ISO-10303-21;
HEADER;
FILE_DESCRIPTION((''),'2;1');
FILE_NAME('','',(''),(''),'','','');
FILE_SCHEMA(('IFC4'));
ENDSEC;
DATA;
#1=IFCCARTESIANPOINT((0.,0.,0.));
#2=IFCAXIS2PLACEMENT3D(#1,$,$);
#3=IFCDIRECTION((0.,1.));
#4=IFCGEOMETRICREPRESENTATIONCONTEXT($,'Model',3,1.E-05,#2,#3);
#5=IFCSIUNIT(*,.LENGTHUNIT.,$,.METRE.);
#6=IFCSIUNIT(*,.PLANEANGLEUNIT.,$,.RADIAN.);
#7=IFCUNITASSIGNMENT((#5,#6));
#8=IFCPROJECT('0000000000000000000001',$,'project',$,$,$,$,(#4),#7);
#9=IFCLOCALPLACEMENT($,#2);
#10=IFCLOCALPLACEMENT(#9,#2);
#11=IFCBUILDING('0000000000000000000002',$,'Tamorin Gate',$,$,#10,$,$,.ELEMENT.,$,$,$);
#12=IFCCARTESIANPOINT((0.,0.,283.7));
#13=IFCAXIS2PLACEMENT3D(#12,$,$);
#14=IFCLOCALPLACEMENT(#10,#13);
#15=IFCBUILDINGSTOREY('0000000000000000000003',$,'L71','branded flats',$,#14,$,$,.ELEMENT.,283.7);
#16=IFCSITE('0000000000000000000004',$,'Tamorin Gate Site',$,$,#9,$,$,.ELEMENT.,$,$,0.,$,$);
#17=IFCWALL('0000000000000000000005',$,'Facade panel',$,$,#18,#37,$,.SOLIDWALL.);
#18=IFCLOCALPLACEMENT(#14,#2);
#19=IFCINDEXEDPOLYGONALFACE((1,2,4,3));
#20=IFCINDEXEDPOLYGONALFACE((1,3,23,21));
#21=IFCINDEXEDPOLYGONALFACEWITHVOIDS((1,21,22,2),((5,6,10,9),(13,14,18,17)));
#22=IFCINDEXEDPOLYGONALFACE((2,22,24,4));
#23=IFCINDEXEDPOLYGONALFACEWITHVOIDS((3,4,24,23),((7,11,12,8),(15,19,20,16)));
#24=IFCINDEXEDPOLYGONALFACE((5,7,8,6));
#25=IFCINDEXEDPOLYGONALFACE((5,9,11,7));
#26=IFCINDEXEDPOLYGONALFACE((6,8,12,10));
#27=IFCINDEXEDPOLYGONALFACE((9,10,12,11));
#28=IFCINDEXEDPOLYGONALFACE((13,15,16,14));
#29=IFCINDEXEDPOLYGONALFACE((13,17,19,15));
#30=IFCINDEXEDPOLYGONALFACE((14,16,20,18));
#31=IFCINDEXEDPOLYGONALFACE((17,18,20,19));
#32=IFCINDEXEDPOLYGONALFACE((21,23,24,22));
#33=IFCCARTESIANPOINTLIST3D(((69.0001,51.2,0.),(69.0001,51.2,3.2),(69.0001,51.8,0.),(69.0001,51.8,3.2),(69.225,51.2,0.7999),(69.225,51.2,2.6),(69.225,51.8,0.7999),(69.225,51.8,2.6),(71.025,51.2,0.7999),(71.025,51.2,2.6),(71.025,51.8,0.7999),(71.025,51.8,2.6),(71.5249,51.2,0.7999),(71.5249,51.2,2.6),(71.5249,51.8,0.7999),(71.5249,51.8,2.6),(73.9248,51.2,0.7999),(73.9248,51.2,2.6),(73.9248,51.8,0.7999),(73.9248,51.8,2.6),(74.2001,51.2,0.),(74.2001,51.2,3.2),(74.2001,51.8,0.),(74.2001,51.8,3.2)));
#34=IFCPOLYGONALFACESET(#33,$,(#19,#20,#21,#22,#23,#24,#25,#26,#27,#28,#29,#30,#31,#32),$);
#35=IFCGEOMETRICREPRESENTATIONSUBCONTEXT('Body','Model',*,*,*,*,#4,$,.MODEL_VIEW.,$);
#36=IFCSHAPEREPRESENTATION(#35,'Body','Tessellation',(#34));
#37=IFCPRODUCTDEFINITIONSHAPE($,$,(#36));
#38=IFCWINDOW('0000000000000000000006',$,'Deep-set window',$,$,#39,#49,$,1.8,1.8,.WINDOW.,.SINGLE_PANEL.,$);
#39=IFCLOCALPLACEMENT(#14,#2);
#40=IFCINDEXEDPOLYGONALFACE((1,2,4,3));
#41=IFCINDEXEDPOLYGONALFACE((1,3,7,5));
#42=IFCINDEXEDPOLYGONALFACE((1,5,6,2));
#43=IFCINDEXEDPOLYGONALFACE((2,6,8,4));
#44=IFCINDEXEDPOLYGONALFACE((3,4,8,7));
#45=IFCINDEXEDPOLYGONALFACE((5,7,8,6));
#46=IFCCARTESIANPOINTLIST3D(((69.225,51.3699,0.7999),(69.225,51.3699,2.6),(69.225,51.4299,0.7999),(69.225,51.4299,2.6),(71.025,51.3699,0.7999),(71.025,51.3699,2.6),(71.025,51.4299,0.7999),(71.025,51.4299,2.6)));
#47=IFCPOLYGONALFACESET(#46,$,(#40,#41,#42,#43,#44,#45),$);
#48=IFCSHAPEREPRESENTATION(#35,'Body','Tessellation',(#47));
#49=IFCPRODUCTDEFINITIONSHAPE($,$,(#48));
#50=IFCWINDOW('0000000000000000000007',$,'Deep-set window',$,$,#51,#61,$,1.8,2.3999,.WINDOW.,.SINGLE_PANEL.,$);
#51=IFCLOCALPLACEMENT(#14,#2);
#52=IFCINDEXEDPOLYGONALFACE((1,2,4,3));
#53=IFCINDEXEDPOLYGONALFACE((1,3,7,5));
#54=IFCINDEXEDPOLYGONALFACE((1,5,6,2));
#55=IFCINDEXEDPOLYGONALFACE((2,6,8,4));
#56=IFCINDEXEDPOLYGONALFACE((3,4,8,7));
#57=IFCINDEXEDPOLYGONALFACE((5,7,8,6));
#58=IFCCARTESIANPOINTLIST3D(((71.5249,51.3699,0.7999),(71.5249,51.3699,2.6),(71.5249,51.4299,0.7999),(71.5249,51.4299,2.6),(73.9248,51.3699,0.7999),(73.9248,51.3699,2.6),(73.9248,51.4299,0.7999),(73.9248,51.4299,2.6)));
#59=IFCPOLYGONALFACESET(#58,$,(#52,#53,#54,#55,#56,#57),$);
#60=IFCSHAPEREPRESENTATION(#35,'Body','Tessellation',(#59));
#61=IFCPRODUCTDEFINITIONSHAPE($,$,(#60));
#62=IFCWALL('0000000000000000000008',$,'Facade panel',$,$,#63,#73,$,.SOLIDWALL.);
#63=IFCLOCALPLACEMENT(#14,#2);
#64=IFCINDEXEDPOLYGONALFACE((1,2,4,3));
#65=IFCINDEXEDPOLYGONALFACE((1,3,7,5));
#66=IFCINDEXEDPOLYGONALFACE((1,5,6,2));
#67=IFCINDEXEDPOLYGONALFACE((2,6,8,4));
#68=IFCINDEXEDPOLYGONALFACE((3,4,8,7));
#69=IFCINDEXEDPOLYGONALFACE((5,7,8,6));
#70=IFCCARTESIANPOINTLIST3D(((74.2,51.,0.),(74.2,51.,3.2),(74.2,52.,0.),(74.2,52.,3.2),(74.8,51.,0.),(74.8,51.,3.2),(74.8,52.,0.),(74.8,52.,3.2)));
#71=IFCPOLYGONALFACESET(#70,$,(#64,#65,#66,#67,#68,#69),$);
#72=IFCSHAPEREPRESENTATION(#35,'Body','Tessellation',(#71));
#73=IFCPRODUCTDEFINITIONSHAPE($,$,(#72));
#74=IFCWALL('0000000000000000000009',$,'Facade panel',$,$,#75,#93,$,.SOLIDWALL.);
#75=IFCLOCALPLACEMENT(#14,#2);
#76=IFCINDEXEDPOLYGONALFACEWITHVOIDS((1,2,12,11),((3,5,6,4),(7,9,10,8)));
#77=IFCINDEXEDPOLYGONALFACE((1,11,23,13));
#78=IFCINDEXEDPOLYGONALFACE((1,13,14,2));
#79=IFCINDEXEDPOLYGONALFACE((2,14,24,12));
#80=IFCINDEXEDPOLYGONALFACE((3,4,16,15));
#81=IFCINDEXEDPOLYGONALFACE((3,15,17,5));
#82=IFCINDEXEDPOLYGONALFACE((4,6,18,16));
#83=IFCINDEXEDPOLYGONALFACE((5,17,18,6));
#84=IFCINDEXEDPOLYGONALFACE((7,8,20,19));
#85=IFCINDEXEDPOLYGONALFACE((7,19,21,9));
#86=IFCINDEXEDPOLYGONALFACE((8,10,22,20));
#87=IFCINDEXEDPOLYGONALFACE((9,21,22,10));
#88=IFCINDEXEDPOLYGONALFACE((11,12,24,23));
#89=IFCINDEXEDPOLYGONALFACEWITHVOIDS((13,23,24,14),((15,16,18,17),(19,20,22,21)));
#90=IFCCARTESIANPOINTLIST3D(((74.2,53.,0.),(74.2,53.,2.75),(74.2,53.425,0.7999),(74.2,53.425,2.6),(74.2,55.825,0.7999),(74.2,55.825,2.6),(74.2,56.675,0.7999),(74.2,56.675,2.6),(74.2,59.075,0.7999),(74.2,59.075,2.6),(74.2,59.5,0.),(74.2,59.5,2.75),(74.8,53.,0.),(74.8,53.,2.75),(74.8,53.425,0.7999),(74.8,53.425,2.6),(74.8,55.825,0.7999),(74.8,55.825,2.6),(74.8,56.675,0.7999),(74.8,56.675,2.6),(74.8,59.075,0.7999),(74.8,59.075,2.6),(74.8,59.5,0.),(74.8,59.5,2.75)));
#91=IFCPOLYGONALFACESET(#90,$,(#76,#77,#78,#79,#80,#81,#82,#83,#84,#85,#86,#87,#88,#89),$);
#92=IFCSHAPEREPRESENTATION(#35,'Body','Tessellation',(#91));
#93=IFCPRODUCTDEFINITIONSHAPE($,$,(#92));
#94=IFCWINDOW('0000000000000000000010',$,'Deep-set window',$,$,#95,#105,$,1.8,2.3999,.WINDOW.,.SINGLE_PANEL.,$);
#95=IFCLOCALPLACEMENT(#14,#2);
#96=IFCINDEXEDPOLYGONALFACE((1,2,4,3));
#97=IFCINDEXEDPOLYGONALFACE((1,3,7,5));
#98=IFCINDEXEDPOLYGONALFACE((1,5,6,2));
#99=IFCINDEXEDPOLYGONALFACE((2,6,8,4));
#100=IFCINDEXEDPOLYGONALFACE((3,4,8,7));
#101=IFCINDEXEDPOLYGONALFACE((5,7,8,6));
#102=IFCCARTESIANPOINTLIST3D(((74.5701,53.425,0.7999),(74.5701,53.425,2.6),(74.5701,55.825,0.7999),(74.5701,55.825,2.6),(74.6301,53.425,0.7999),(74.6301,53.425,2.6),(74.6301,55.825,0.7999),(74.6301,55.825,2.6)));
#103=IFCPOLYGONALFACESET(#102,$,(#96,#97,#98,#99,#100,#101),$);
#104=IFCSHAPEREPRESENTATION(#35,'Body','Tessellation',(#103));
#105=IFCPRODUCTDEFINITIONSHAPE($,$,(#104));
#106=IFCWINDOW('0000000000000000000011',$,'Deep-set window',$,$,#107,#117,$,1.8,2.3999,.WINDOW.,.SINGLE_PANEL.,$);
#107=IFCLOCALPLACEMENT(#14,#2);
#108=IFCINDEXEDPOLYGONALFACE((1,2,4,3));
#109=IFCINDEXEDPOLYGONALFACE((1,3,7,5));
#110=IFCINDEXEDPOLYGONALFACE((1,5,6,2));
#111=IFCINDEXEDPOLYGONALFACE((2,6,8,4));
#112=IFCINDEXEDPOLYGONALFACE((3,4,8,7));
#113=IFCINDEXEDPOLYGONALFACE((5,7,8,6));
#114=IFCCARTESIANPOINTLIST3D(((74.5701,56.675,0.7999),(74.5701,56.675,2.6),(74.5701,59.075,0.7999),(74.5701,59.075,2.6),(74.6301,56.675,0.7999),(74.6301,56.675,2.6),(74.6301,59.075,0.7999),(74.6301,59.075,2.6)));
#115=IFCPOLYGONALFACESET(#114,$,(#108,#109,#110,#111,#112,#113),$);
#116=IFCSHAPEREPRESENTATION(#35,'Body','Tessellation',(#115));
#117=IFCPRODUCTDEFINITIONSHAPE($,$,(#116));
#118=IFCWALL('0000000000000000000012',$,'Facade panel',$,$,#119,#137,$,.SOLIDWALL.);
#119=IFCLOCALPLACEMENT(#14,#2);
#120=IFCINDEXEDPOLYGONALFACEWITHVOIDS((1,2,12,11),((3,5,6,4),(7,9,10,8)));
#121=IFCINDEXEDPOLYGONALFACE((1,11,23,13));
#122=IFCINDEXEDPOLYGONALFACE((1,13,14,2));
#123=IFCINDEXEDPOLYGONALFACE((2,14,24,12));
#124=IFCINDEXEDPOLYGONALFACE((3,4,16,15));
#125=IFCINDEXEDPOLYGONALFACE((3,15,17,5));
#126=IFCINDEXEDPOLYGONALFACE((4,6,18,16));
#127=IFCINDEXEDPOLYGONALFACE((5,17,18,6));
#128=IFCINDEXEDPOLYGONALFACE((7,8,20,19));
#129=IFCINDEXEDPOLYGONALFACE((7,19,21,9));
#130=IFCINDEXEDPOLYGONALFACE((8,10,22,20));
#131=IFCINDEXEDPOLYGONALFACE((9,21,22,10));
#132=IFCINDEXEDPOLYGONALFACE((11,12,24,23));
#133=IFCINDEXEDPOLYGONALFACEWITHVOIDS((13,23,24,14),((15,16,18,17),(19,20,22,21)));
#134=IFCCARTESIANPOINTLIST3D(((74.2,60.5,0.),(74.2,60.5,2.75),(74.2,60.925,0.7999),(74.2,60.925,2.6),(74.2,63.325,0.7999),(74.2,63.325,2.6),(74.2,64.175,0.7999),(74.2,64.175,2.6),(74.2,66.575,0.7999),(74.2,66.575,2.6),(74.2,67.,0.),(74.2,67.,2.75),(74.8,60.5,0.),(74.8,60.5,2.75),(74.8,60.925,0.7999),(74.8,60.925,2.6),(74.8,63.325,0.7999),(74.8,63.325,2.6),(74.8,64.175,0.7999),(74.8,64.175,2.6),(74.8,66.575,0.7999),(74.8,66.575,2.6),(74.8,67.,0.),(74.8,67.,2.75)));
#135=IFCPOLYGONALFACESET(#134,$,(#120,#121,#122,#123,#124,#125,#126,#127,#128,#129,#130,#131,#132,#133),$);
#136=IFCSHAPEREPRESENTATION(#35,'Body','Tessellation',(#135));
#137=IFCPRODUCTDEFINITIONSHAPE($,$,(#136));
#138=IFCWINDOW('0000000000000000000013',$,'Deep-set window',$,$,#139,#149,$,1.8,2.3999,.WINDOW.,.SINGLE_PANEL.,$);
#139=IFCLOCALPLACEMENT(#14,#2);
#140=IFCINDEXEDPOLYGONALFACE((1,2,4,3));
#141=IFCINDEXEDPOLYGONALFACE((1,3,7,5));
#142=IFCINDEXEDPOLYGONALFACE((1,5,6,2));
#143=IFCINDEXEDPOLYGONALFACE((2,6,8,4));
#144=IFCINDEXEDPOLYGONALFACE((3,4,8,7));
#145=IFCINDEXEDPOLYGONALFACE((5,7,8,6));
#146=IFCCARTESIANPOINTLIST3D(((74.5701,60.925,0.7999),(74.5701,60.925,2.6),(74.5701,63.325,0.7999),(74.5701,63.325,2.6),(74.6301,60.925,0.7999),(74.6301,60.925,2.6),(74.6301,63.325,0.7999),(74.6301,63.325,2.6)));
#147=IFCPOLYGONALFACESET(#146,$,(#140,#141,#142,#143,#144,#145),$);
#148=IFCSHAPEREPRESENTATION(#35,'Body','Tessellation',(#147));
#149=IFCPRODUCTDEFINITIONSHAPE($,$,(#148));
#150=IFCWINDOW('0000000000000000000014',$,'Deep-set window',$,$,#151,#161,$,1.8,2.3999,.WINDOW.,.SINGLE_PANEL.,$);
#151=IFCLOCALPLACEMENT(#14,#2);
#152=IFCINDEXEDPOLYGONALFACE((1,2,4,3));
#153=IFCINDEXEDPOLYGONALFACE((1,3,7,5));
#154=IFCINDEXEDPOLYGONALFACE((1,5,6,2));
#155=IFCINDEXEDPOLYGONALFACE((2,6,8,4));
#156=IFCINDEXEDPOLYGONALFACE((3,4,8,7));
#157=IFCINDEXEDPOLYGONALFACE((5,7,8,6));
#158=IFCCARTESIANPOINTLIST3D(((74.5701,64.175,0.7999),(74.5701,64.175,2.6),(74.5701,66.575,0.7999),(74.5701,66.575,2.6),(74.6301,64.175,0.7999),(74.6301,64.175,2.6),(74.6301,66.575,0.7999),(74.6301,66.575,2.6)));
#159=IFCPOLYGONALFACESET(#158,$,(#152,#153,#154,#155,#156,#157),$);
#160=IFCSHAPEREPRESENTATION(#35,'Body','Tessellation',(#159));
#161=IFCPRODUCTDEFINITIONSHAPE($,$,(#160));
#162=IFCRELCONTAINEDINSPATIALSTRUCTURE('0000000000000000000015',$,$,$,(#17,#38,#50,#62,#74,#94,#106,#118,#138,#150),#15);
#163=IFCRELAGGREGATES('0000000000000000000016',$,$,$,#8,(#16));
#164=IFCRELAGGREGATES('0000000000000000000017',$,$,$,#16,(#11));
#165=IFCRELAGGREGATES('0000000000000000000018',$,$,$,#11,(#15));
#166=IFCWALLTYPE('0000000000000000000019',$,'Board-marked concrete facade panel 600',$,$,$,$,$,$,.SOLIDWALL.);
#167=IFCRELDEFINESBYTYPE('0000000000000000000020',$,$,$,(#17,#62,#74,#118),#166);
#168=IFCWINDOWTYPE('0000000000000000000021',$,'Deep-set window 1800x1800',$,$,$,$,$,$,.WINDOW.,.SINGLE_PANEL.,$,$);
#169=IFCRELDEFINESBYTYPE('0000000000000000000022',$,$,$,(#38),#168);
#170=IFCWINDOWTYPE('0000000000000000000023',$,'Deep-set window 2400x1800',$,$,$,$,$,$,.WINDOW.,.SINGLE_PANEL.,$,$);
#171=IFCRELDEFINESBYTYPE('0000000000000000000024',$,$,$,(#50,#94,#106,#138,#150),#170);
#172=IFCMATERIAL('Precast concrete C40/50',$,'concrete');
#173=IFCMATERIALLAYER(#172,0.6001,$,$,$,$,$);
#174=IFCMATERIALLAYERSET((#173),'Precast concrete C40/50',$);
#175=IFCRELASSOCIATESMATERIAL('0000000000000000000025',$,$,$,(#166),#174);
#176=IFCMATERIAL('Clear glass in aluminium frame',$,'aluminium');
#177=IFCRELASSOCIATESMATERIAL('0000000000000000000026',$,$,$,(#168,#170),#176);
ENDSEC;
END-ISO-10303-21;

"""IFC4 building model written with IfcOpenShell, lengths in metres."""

from ifc_helpers import new_model, si_unit, direction, frame, frame_2d, origin, place, context, subcontext, project, spatial, rectangle, extrude, material, layer, layer_set, type_object, element, fill, save


model = new_model("IFC4")

# Units and contexts
model_context = context("Model", 3, precision=1e-05, world=origin(), true_north=direction((0.0, 1.0)))
body_context = subcontext(model_context, "Body", "Model", "MODEL_VIEW")
ifc_project = project(units=[si_unit("LENGTHUNIT", "METRE"), si_unit("PLANEANGLEUNIT", "RADIAN")], contexts=[model_context])

# Site, building, storey
site_placement = place(None, origin())
site = spatial("IfcSite", under=ifc_project, at=site_placement, Name="Tamorin Gate Site", CompositionType="ELEMENT", RefElevation=0.0)
building_placement = place(site_placement, origin())
building = spatial("IfcBuilding", under=site, at=building_placement, Name="Tamorin Gate", CompositionType="ELEMENT")
storey_placement = place(building_placement, frame((0.0, 0.0, 283.7)))
storey = spatial("IfcBuildingStorey", under=building, at=storey_placement, Name="L71", Description="branded flats", CompositionType="ELEMENT", Elevation=283.7)

# Shared definitions
ifc_material_1 = material(Name="Precast concrete C40/50", Category="concrete")
ifc_layer = layer(ifc_material_1, 0.6001)
ifc_layer_set = layer_set([ifc_layer], Name="Precast concrete C40/50")
wall_type = type_object("IfcWallType", Name="Board-marked concrete facade panel 600", PredefinedType="SOLIDWALL", material=ifc_layer_set)

# Wall, openings, windows
ifc_material_2 = material(Name="Clear glass in aluminium frame", Category="aluminium")
window_type_1 = type_object("IfcWindowType", Name="Deep-set window 1800x1800", PartitioningType="SINGLE_PANEL", PredefinedType="WINDOW", material=ifc_material_2)
window_type_2 = type_object("IfcWindowType", Name="Deep-set window 2400x1800", PartitioningType="SINGLE_PANEL", PredefinedType="WINDOW", material=ifc_material_2)
wall_1_placement = place(storey_placement, frame((69.0, 51.5, 0.0), z_axis=(0.0, 0.0, 1.0), x_axis=(1.0, 0.0, 0.0)))
wall_1 = element("IfcWall", 1, at=wall_1_placement, inside=storey, type_object=wall_type, Name="Facade panel", PredefinedType="SOLIDWALL", context=body_context, shape_type="SweptSolid", body=[
    extrude(rectangle(XDim=5.2, YDim=0.6001, at=frame_2d((2.6001, 0.0))), origin(), (0.0, 0.0, 1.0), 3.2),
])
opening_1_placement = place(wall_1_placement, frame((0.2251, 0.0, 0.8)))
opening_1 = element("IfcOpeningElement", 2, at=opening_1_placement, cuts=wall_1, PredefinedType="OPENING", context=body_context, shape_type="SweptSolid", body=[
    extrude(rectangle(XDim=1.8, YDim=1.8, at=frame_2d((0.8999, 0.8999))), frame((0.0, 0.3101, 0.0), z_axis=(0.0, -1.0, 0.0), x_axis=(1.0, 0.0, 0.0)), (0.0, 0.0, 1.0), 0.6201),
])
opening_2_placement = place(wall_1_placement, frame((2.5249, 0.0, 0.8)))
opening_2 = element("IfcOpeningElement", 3, at=opening_2_placement, cuts=wall_1, PredefinedType="OPENING", context=body_context, shape_type="SweptSolid", body=[
    extrude(rectangle(XDim=2.3999, YDim=1.8, at=frame_2d((1.2, 0.8999))), frame((0.0, 0.3101, 0.0), z_axis=(0.0, -1.0, 0.0), x_axis=(1.0, 0.0, 0.0)), (0.0, 0.0, 1.0), 0.6201),
])
window_1_placement = place(opening_1_placement, origin())
window_1 = element("IfcWindow", 4, at=window_1_placement, inside=storey, type_object=window_type_1, Name="Deep-set window", OverallHeight=1.8, OverallWidth=1.8, PartitioningType="SINGLE_PANEL", PredefinedType="WINDOW", context=body_context, shape_type="SweptSolid", body=[
    extrude(rectangle(XDim=1.8, YDim=1.8, at=frame_2d((0.8999, 0.8999))), frame((0.0, -0.0701, 0.0), z_axis=(0.0, -1.0, 0.0), x_axis=(1.0, 0.0, 0.0)), (0.0, 0.0, 1.0), 0.0601),
])
fill(opening_1, window_1)
window_2_placement = place(opening_2_placement, origin())
window_2 = element("IfcWindow", 5, at=window_2_placement, inside=storey, type_object=window_type_2, Name="Deep-set window", OverallHeight=1.8, OverallWidth=2.3999, PartitioningType="SINGLE_PANEL", PredefinedType="WINDOW", context=body_context, shape_type="SweptSolid", body=[
    extrude(rectangle(XDim=2.3999, YDim=1.8, at=frame_2d((1.2, 0.8999))), frame((0.0, -0.0701, 0.0), z_axis=(0.0, -1.0, 0.0), x_axis=(1.0, 0.0, 0.0)), (0.0, 0.0, 1.0), 0.0601),
])
fill(opening_2, window_2)

# Wall
wall_2_placement = place(storey_placement, frame((74.5, 51.0, 0.0), z_axis=(0.0, 0.0, 1.0), x_axis=(0.0, 1.0, 0.0)))
element("IfcWall", 6, at=wall_2_placement, inside=storey, type_object=wall_type, Name="Facade panel", PredefinedType="SOLIDWALL", context=body_context, shape_type="SweptSolid", body=[
    extrude(rectangle(XDim=1.0, YDim=0.6001, at=frame_2d((0.5, 0.0))), origin(), (0.0, 0.0, 1.0), 3.2),
])

# Walls, openings, windows
wall_3_placement = place(storey_placement, frame((74.5, 53.0, 0.0), z_axis=(0.0, 0.0, 1.0), x_axis=(0.0, 1.0, 0.0)))
wall_3 = element("IfcWall", 7, at=wall_3_placement, inside=storey, type_object=wall_type, Name="Facade panel", PredefinedType="SOLIDWALL", context=body_context, shape_type="SweptSolid", body=[
    extrude(rectangle(XDim=6.5, YDim=0.6001, at=frame_2d((3.25, 0.0))), origin(), (0.0, 0.0, 1.0), 2.75),
])
opening_3_placement = place(wall_3_placement, frame((0.425, 0.0, 0.8)))
opening_3 = element("IfcOpeningElement", 8, at=opening_3_placement, cuts=wall_3, PredefinedType="OPENING", context=body_context, shape_type="SweptSolid", body=[
    extrude(rectangle(XDim=2.3999, YDim=1.8, at=frame_2d((1.2, 0.8999))), frame((0.0, 0.3101, 0.0), z_axis=(0.0, -1.0, 0.0), x_axis=(1.0, 0.0, 0.0)), (0.0, 0.0, 1.0), 0.6201),
])
opening_4_placement = place(wall_3_placement, frame((3.675, 0.0, 0.8)))
opening_4 = element("IfcOpeningElement", 9, at=opening_4_placement, cuts=wall_3, PredefinedType="OPENING", context=body_context, shape_type="SweptSolid", body=[
    extrude(rectangle(XDim=2.3999, YDim=1.8, at=frame_2d((1.2, 0.8999))), frame((0.0, 0.3101, 0.0), z_axis=(0.0, -1.0, 0.0), x_axis=(1.0, 0.0, 0.0)), (0.0, 0.0, 1.0), 0.6201),
])
window_3_placement = place(opening_3_placement, origin())
window_3 = element("IfcWindow", 10, at=window_3_placement, inside=storey, type_object=window_type_2, Name="Deep-set window", OverallHeight=1.8, OverallWidth=2.3999, PartitioningType="SINGLE_PANEL", PredefinedType="WINDOW", context=body_context, shape_type="SweptSolid", body=[
    extrude(rectangle(XDim=2.3999, YDim=1.8, at=frame_2d((1.2, 0.8999))), frame((0.0, -0.0701, 0.0), z_axis=(0.0, -1.0, 0.0), x_axis=(1.0, 0.0, 0.0)), (0.0, 0.0, 1.0), 0.0601),
])
fill(opening_3, window_3)
window_4_placement = place(opening_4_placement, origin())
window_4 = element("IfcWindow", 11, at=window_4_placement, inside=storey, type_object=window_type_2, Name="Deep-set window", OverallHeight=1.8, OverallWidth=2.3999, PartitioningType="SINGLE_PANEL", PredefinedType="WINDOW", context=body_context, shape_type="SweptSolid", body=[
    extrude(rectangle(XDim=2.3999, YDim=1.8, at=frame_2d((1.2, 0.8999))), frame((0.0, -0.0701, 0.0), z_axis=(0.0, -1.0, 0.0), x_axis=(1.0, 0.0, 0.0)), (0.0, 0.0, 1.0), 0.0601),
])
fill(opening_4, window_4)
wall_4_placement = place(storey_placement, frame((74.5, 60.5, 0.0), z_axis=(0.0, 0.0, 1.0), x_axis=(0.0, 1.0, 0.0)))
wall_4 = element("IfcWall", 12, at=wall_4_placement, inside=storey, type_object=wall_type, Name="Facade panel", PredefinedType="SOLIDWALL", context=body_context, shape_type="SweptSolid", body=[
    extrude(rectangle(XDim=6.5, YDim=0.6001, at=frame_2d((3.25, 0.0))), origin(), (0.0, 0.0, 1.0), 2.75),
])
opening_5_placement = place(wall_4_placement, frame((0.425, 0.0, 0.8)))
opening_5 = element("IfcOpeningElement", 13, at=opening_5_placement, cuts=wall_4, PredefinedType="OPENING", context=body_context, shape_type="SweptSolid", body=[
    extrude(rectangle(XDim=2.3999, YDim=1.8, at=frame_2d((1.2, 0.8999))), frame((0.0, 0.3101, 0.0), z_axis=(0.0, -1.0, 0.0), x_axis=(1.0, 0.0, 0.0)), (0.0, 0.0, 1.0), 0.6201),
])
opening_6_placement = place(wall_4_placement, frame((3.675, 0.0, 0.8)))
opening_6 = element("IfcOpeningElement", 14, at=opening_6_placement, cuts=wall_4, PredefinedType="OPENING", context=body_context, shape_type="SweptSolid", body=[
    extrude(rectangle(XDim=2.3999, YDim=1.8, at=frame_2d((1.2, 0.8999))), frame((0.0, 0.3101, 0.0), z_axis=(0.0, -1.0, 0.0), x_axis=(1.0, 0.0, 0.0)), (0.0, 0.0, 1.0), 0.6201),
])
window_5_placement = place(opening_5_placement, origin())
window_5 = element("IfcWindow", 15, at=window_5_placement, inside=storey, type_object=window_type_2, Name="Deep-set window", OverallHeight=1.8, OverallWidth=2.3999, PartitioningType="SINGLE_PANEL", PredefinedType="WINDOW", context=body_context, shape_type="SweptSolid", body=[
    extrude(rectangle(XDim=2.3999, YDim=1.8, at=frame_2d((1.2, 0.8999))), frame((0.0, -0.0701, 0.0), z_axis=(0.0, -1.0, 0.0), x_axis=(1.0, 0.0, 0.0)), (0.0, 0.0, 1.0), 0.0601),
])
fill(opening_5, window_5)
window_6_placement = place(opening_6_placement, origin())
window_6 = element("IfcWindow", 16, at=window_6_placement, inside=storey, type_object=window_type_2, Name="Deep-set window", OverallHeight=1.8, OverallWidth=2.3999, PartitioningType="SINGLE_PANEL", PredefinedType="WINDOW", context=body_context, shape_type="SweptSolid", body=[
    extrude(rectangle(XDim=2.3999, YDim=1.8, at=frame_2d((1.2, 0.8999))), frame((0.0, -0.0701, 0.0), z_axis=(0.0, -1.0, 0.0), x_axis=(1.0, 0.0, 0.0)), (0.0, 0.0, 1.0), 0.0601),
])
fill(opening_6, window_6)

save(model, "model.ifc")
